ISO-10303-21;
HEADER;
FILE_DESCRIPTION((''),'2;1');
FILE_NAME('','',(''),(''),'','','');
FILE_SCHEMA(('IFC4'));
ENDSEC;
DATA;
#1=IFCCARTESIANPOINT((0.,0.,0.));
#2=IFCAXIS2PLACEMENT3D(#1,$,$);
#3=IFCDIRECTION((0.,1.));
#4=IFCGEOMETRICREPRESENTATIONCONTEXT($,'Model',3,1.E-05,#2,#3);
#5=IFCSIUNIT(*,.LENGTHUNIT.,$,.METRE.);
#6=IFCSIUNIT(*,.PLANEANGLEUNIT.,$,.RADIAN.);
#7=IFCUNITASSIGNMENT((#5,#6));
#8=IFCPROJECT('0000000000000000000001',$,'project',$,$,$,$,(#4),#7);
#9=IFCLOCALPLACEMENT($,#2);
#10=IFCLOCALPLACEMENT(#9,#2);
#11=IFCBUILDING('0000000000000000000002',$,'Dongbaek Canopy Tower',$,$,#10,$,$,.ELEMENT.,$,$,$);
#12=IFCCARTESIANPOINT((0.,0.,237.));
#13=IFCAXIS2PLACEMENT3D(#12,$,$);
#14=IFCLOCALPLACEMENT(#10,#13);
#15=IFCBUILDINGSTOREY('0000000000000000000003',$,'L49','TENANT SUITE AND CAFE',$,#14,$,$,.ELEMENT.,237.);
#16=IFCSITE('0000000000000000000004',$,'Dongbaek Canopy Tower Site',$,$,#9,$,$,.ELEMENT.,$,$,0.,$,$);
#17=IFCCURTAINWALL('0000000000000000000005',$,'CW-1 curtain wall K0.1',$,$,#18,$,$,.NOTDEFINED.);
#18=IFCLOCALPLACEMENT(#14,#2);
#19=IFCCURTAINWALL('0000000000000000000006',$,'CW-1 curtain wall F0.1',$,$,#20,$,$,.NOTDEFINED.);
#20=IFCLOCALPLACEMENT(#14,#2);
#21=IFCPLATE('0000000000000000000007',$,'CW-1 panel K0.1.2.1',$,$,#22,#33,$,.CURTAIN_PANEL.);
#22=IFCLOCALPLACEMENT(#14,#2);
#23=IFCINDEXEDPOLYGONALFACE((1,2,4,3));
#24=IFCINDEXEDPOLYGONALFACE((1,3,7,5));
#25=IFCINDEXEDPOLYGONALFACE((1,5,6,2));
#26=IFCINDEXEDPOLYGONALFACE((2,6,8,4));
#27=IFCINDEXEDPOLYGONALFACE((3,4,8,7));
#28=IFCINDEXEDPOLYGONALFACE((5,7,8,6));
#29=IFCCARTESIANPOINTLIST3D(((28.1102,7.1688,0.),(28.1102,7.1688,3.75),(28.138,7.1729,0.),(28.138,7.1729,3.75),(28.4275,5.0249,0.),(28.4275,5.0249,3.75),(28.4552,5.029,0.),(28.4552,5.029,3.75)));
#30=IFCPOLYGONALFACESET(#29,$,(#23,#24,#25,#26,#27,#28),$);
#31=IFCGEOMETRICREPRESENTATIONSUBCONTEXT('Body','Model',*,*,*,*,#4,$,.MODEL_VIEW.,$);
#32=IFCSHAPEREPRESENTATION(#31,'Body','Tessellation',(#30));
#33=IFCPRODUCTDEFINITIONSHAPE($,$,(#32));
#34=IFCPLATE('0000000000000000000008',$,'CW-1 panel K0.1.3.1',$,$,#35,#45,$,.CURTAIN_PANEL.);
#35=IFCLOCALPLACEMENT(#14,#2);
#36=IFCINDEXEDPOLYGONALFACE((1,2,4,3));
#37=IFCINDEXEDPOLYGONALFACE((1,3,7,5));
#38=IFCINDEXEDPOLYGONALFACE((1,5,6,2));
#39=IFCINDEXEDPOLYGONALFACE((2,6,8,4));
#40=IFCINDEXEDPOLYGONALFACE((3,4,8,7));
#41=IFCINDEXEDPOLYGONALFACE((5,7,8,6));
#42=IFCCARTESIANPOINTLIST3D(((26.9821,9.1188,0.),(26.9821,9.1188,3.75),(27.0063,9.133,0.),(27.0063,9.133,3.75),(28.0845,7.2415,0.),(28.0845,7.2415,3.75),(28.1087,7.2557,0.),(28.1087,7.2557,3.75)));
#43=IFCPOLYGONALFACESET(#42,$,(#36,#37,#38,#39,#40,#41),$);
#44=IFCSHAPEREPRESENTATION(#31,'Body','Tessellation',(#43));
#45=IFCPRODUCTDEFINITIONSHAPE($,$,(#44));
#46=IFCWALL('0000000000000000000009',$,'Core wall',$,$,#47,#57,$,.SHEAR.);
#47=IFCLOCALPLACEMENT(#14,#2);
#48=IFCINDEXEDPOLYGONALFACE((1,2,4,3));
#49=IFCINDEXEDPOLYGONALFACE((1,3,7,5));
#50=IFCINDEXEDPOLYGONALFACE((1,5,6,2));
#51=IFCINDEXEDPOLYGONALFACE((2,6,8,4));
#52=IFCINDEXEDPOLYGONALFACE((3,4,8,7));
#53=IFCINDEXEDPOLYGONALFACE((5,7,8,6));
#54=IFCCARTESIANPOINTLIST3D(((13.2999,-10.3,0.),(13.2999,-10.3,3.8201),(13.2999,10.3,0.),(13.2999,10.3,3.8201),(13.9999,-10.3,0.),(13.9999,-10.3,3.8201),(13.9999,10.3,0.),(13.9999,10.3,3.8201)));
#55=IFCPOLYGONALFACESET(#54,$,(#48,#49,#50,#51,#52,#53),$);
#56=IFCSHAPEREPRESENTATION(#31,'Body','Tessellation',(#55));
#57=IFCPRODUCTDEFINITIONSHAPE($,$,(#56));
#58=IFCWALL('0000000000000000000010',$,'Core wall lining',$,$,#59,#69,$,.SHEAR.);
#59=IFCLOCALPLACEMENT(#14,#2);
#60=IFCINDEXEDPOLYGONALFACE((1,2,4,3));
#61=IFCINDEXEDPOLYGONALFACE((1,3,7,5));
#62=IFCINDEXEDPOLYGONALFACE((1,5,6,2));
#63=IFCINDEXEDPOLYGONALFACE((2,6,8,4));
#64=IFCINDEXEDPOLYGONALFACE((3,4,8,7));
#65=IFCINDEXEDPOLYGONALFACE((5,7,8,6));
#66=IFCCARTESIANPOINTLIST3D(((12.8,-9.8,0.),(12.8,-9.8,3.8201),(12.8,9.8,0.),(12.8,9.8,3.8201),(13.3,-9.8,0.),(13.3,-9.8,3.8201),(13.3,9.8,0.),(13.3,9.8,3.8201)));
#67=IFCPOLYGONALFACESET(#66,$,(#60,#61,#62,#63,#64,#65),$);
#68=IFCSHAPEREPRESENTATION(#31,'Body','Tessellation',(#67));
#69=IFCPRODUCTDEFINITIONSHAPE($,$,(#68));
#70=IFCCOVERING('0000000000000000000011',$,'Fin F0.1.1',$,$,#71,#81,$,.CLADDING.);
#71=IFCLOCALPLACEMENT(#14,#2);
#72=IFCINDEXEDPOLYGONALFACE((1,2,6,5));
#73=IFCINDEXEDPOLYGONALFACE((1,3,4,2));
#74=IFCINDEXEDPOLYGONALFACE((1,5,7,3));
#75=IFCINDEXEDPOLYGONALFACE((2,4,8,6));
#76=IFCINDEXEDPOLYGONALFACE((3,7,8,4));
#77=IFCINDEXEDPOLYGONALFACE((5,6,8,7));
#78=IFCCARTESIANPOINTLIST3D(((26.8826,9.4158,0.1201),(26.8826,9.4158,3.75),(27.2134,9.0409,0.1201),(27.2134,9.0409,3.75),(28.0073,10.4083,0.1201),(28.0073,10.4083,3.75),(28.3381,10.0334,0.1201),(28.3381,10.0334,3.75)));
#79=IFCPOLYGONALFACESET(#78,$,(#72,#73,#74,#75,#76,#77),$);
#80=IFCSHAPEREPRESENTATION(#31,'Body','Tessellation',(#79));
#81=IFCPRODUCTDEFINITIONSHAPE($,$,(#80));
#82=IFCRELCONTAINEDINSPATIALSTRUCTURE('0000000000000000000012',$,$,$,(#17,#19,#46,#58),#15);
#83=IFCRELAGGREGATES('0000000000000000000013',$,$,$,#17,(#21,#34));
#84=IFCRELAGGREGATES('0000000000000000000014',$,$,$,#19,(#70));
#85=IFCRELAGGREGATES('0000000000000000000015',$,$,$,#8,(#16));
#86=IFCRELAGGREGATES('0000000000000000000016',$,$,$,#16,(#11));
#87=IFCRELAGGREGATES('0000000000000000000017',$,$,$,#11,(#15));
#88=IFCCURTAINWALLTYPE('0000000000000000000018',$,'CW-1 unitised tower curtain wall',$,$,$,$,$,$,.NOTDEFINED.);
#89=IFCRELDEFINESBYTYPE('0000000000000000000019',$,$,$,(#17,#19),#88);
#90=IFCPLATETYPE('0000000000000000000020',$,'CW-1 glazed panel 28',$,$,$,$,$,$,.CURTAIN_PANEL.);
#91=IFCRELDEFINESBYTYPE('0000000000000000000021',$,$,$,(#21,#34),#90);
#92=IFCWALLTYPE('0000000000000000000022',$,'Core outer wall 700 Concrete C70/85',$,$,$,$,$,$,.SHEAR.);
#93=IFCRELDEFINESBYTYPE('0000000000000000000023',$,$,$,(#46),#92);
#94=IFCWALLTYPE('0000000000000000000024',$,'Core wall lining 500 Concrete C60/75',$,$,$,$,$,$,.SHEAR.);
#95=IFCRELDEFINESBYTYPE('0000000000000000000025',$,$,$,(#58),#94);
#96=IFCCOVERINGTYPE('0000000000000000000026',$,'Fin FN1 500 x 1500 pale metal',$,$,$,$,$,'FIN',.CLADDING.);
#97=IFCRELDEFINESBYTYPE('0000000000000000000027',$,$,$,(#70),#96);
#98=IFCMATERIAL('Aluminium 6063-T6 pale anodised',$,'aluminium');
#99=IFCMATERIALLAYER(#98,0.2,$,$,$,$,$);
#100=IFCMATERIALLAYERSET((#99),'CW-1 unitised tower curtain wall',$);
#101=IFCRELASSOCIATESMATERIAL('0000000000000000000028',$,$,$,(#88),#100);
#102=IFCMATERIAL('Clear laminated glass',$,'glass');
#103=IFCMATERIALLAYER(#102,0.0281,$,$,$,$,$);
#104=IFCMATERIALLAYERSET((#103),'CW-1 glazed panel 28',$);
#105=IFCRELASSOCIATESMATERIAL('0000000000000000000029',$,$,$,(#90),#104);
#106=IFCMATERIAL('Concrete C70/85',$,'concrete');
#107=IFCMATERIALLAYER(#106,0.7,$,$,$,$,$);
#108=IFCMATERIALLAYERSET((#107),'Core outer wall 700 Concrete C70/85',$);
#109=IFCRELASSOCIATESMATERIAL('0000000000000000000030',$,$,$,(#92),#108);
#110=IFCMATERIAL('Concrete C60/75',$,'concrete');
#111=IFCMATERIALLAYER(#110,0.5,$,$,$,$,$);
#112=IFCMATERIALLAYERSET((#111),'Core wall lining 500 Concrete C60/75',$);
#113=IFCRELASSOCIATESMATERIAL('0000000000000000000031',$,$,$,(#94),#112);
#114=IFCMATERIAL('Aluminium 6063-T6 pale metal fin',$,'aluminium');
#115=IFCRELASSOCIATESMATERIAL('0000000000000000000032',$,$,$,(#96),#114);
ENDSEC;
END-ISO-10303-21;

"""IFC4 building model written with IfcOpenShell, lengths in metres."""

from ifc_helpers import new_model, si_unit, direction, frame, frame_2d, origin, origin_2d, place, context, subcontext, project, spatial, rectangle, extrude, material, layer, layer_set, material_profile, profile_set, type_object, element, aggregate, save


model = new_model("IFC4")

# Units and contexts
model_context = context("Model", 3, precision=1e-05, world=origin(), true_north=direction((0.0, 1.0)))
body_context = subcontext(model_context, "Body", "Model", "MODEL_VIEW")
ifc_project = project(units=[si_unit("LENGTHUNIT", "METRE"), si_unit("PLANEANGLEUNIT", "RADIAN")], contexts=[model_context])

# Site, building, storey
site_placement = place(None, origin())
site = spatial("IfcSite", under=ifc_project, at=site_placement, Name="Dongbaek Canopy Tower Site", CompositionType="ELEMENT", RefElevation=0.0)
building_placement = place(site_placement, origin())
building = spatial("IfcBuilding", under=site, at=building_placement, Name="Dongbaek Canopy Tower", CompositionType="ELEMENT")
storey_placement = place(building_placement, frame((0.0, 0.0, 237.0)))
storey = spatial("IfcBuildingStorey", under=building, at=storey_placement, Name="L49", Description="TENANT SUITE AND CAFE", CompositionType="ELEMENT", Elevation=237.0)

# Curtain wall
ifc_material_1 = material(Name="Aluminium 6063-T6 pale anodised", Category="aluminium")
ifc_layer_1 = layer(ifc_material_1, 0.2)
ifc_layer_set_1 = layer_set([ifc_layer_1], Name="CW-1 unitised tower curtain wall")
curtain_wall_type = type_object("IfcCurtainWallType", Name="CW-1 unitised tower curtain wall", PredefinedType="NOTDEFINED", material=ifc_layer_set_1)
curtain_wall_1_placement = place(storey_placement, origin())
curtain_wall_1 = element("IfcCurtainWall", 1, at=curtain_wall_1_placement, inside=storey, type_object=curtain_wall_type, Name="CW-1 curtain wall K0.1", PredefinedType="NOTDEFINED")

# Curtain wall
curtain_wall_2_placement = place(storey_placement, origin())
curtain_wall_2 = element("IfcCurtainWall", 2, at=curtain_wall_2_placement, inside=storey, type_object=curtain_wall_type, Name="CW-1 curtain wall F0.1", PredefinedType="NOTDEFINED")

# Plates
ifc_material_2 = material(Name="Clear laminated glass", Category="glass")
ifc_layer_2 = layer(ifc_material_2, 0.0281)
ifc_layer_set_2 = layer_set([ifc_layer_2], Name="CW-1 glazed panel 28")
plate_type = type_object("IfcPlateType", Name="CW-1 glazed panel 28", PredefinedType="CURTAIN_PANEL", material=ifc_layer_set_2)
plate_1_placement = place(storey_placement, frame((28.2827, 6.0989, 0.0), z_axis=(0.0, 0.0, 1.0), x_axis=(-0.146385, 0.989228, 0.0)))
plate_1 = element("IfcPlate", 3, at=plate_1_placement, type_object=plate_type, Name="CW-1 panel K0.1.2.1", PredefinedType="CURTAIN_PANEL", context=body_context, shape_type="SweptSolid", body=[
    extrude(rectangle(XDim=2.1672, YDim=0.0281, at=origin_2d()), origin(), (0.0, 0.0, 1.0), 3.75),
])
plate_2_placement = place(storey_placement, frame((27.5454, 8.1873, 0.0), z_axis=(0.0, 0.0, 1.0), x_axis=(-0.506367, 0.862318, 0.0)))
plate_2 = element("IfcPlate", 4, at=plate_2_placement, type_object=plate_type, Name="CW-1 panel K0.1.3.1", PredefinedType="CURTAIN_PANEL", context=body_context, shape_type="SweptSolid", body=[
    extrude(rectangle(XDim=2.177, YDim=0.0281, at=origin_2d()), origin(), (0.0, 0.0, 1.0), 3.75),
])
aggregate(curtain_wall_1, [plate_1, plate_2])

# Walls
ifc_material_3 = material(Name="Concrete C70/85", Category="concrete")
ifc_layer_3 = layer(ifc_material_3, 0.7)
ifc_layer_set_3 = layer_set([ifc_layer_3], Name="Core outer wall 700 Concrete C70/85")
wall_type_1 = type_object("IfcWallType", Name="Core outer wall 700 Concrete C70/85", PredefinedType="SHEAR", material=ifc_layer_set_3)
wall_1_placement = place(storey_placement, frame((13.6499, 10.3, 0.0), z_axis=(0.0, 0.0, 1.0), x_axis=(0.0, -1.0, 0.0)))
element("IfcWall", 5, at=wall_1_placement, inside=storey, type_object=wall_type_1, Name="Core wall", PredefinedType="SHEAR", context=body_context, shape_type="SweptSolid", body=[
    extrude(rectangle(XDim=20.6001, YDim=0.7, at=frame_2d((10.3, 0.0))), origin(), (0.0, 0.0, 1.0), 3.8201),
])
ifc_material_4 = material(Name="Concrete C60/75", Category="concrete")
ifc_layer_4 = layer(ifc_material_4, 0.5)
ifc_layer_set_4 = layer_set([ifc_layer_4], Name="Core wall lining 500 Concrete C60/75")
wall_type_2 = type_object("IfcWallType", Name="Core wall lining 500 Concrete C60/75", PredefinedType="SHEAR", material=ifc_layer_set_4)
wall_2_placement = place(storey_placement, frame((13.05, 9.8, 0.0), z_axis=(0.0, 0.0, 1.0), x_axis=(0.0, -1.0, 0.0)))
element("IfcWall", 6, at=wall_2_placement, inside=storey, type_object=wall_type_2, Name="Core wall lining", PredefinedType="SHEAR", context=body_context, shape_type="SweptSolid", body=[
    extrude(rectangle(XDim=19.6001, YDim=0.5, at=frame_2d((9.8, 0.0))), origin(), (0.0, 0.0, 1.0), 3.8201),
])

# Covering
ifc_material_5 = material(Name="Aluminium 6063-T6 pale metal fin", Category="aluminium")
ifc_material_profile_1 = material_profile(ifc_material_5, rectangle(XDim=1.5, YDim=0.5, at=origin_2d()), Name="Fin FN1 500 x 1500 pale metal")
ifc_profile_set_1 = profile_set([ifc_material_profile_1], Name="Aluminium 6063-T6 pale metal fin")
covering_type = type_object("IfcCoveringType", Name="Fin FN1 500 x 1500 pale metal", ElementType="FIN", PredefinedType="CLADDING", material=ifc_profile_set_1)
covering_placement = place(storey_placement, frame((27.6104, 9.7246, 0.1201), z_axis=(0.0, 0.0, 1.0), x_axis=(0.749829, 0.661631, 0.0)))
covering = element("IfcCovering", 7, at=covering_placement, type_object=covering_type, Name="Fin F0.1.1", PredefinedType="CLADDING", context=body_context, shape_type="SweptSolid", body=[
    extrude(rectangle(XDim=1.5, YDim=0.5, at=origin_2d()), origin(), (0.0, 0.0, 1.0), 3.6299),
])
aggregate(curtain_wall_2, [covering])

save(model, "model.ifc")
